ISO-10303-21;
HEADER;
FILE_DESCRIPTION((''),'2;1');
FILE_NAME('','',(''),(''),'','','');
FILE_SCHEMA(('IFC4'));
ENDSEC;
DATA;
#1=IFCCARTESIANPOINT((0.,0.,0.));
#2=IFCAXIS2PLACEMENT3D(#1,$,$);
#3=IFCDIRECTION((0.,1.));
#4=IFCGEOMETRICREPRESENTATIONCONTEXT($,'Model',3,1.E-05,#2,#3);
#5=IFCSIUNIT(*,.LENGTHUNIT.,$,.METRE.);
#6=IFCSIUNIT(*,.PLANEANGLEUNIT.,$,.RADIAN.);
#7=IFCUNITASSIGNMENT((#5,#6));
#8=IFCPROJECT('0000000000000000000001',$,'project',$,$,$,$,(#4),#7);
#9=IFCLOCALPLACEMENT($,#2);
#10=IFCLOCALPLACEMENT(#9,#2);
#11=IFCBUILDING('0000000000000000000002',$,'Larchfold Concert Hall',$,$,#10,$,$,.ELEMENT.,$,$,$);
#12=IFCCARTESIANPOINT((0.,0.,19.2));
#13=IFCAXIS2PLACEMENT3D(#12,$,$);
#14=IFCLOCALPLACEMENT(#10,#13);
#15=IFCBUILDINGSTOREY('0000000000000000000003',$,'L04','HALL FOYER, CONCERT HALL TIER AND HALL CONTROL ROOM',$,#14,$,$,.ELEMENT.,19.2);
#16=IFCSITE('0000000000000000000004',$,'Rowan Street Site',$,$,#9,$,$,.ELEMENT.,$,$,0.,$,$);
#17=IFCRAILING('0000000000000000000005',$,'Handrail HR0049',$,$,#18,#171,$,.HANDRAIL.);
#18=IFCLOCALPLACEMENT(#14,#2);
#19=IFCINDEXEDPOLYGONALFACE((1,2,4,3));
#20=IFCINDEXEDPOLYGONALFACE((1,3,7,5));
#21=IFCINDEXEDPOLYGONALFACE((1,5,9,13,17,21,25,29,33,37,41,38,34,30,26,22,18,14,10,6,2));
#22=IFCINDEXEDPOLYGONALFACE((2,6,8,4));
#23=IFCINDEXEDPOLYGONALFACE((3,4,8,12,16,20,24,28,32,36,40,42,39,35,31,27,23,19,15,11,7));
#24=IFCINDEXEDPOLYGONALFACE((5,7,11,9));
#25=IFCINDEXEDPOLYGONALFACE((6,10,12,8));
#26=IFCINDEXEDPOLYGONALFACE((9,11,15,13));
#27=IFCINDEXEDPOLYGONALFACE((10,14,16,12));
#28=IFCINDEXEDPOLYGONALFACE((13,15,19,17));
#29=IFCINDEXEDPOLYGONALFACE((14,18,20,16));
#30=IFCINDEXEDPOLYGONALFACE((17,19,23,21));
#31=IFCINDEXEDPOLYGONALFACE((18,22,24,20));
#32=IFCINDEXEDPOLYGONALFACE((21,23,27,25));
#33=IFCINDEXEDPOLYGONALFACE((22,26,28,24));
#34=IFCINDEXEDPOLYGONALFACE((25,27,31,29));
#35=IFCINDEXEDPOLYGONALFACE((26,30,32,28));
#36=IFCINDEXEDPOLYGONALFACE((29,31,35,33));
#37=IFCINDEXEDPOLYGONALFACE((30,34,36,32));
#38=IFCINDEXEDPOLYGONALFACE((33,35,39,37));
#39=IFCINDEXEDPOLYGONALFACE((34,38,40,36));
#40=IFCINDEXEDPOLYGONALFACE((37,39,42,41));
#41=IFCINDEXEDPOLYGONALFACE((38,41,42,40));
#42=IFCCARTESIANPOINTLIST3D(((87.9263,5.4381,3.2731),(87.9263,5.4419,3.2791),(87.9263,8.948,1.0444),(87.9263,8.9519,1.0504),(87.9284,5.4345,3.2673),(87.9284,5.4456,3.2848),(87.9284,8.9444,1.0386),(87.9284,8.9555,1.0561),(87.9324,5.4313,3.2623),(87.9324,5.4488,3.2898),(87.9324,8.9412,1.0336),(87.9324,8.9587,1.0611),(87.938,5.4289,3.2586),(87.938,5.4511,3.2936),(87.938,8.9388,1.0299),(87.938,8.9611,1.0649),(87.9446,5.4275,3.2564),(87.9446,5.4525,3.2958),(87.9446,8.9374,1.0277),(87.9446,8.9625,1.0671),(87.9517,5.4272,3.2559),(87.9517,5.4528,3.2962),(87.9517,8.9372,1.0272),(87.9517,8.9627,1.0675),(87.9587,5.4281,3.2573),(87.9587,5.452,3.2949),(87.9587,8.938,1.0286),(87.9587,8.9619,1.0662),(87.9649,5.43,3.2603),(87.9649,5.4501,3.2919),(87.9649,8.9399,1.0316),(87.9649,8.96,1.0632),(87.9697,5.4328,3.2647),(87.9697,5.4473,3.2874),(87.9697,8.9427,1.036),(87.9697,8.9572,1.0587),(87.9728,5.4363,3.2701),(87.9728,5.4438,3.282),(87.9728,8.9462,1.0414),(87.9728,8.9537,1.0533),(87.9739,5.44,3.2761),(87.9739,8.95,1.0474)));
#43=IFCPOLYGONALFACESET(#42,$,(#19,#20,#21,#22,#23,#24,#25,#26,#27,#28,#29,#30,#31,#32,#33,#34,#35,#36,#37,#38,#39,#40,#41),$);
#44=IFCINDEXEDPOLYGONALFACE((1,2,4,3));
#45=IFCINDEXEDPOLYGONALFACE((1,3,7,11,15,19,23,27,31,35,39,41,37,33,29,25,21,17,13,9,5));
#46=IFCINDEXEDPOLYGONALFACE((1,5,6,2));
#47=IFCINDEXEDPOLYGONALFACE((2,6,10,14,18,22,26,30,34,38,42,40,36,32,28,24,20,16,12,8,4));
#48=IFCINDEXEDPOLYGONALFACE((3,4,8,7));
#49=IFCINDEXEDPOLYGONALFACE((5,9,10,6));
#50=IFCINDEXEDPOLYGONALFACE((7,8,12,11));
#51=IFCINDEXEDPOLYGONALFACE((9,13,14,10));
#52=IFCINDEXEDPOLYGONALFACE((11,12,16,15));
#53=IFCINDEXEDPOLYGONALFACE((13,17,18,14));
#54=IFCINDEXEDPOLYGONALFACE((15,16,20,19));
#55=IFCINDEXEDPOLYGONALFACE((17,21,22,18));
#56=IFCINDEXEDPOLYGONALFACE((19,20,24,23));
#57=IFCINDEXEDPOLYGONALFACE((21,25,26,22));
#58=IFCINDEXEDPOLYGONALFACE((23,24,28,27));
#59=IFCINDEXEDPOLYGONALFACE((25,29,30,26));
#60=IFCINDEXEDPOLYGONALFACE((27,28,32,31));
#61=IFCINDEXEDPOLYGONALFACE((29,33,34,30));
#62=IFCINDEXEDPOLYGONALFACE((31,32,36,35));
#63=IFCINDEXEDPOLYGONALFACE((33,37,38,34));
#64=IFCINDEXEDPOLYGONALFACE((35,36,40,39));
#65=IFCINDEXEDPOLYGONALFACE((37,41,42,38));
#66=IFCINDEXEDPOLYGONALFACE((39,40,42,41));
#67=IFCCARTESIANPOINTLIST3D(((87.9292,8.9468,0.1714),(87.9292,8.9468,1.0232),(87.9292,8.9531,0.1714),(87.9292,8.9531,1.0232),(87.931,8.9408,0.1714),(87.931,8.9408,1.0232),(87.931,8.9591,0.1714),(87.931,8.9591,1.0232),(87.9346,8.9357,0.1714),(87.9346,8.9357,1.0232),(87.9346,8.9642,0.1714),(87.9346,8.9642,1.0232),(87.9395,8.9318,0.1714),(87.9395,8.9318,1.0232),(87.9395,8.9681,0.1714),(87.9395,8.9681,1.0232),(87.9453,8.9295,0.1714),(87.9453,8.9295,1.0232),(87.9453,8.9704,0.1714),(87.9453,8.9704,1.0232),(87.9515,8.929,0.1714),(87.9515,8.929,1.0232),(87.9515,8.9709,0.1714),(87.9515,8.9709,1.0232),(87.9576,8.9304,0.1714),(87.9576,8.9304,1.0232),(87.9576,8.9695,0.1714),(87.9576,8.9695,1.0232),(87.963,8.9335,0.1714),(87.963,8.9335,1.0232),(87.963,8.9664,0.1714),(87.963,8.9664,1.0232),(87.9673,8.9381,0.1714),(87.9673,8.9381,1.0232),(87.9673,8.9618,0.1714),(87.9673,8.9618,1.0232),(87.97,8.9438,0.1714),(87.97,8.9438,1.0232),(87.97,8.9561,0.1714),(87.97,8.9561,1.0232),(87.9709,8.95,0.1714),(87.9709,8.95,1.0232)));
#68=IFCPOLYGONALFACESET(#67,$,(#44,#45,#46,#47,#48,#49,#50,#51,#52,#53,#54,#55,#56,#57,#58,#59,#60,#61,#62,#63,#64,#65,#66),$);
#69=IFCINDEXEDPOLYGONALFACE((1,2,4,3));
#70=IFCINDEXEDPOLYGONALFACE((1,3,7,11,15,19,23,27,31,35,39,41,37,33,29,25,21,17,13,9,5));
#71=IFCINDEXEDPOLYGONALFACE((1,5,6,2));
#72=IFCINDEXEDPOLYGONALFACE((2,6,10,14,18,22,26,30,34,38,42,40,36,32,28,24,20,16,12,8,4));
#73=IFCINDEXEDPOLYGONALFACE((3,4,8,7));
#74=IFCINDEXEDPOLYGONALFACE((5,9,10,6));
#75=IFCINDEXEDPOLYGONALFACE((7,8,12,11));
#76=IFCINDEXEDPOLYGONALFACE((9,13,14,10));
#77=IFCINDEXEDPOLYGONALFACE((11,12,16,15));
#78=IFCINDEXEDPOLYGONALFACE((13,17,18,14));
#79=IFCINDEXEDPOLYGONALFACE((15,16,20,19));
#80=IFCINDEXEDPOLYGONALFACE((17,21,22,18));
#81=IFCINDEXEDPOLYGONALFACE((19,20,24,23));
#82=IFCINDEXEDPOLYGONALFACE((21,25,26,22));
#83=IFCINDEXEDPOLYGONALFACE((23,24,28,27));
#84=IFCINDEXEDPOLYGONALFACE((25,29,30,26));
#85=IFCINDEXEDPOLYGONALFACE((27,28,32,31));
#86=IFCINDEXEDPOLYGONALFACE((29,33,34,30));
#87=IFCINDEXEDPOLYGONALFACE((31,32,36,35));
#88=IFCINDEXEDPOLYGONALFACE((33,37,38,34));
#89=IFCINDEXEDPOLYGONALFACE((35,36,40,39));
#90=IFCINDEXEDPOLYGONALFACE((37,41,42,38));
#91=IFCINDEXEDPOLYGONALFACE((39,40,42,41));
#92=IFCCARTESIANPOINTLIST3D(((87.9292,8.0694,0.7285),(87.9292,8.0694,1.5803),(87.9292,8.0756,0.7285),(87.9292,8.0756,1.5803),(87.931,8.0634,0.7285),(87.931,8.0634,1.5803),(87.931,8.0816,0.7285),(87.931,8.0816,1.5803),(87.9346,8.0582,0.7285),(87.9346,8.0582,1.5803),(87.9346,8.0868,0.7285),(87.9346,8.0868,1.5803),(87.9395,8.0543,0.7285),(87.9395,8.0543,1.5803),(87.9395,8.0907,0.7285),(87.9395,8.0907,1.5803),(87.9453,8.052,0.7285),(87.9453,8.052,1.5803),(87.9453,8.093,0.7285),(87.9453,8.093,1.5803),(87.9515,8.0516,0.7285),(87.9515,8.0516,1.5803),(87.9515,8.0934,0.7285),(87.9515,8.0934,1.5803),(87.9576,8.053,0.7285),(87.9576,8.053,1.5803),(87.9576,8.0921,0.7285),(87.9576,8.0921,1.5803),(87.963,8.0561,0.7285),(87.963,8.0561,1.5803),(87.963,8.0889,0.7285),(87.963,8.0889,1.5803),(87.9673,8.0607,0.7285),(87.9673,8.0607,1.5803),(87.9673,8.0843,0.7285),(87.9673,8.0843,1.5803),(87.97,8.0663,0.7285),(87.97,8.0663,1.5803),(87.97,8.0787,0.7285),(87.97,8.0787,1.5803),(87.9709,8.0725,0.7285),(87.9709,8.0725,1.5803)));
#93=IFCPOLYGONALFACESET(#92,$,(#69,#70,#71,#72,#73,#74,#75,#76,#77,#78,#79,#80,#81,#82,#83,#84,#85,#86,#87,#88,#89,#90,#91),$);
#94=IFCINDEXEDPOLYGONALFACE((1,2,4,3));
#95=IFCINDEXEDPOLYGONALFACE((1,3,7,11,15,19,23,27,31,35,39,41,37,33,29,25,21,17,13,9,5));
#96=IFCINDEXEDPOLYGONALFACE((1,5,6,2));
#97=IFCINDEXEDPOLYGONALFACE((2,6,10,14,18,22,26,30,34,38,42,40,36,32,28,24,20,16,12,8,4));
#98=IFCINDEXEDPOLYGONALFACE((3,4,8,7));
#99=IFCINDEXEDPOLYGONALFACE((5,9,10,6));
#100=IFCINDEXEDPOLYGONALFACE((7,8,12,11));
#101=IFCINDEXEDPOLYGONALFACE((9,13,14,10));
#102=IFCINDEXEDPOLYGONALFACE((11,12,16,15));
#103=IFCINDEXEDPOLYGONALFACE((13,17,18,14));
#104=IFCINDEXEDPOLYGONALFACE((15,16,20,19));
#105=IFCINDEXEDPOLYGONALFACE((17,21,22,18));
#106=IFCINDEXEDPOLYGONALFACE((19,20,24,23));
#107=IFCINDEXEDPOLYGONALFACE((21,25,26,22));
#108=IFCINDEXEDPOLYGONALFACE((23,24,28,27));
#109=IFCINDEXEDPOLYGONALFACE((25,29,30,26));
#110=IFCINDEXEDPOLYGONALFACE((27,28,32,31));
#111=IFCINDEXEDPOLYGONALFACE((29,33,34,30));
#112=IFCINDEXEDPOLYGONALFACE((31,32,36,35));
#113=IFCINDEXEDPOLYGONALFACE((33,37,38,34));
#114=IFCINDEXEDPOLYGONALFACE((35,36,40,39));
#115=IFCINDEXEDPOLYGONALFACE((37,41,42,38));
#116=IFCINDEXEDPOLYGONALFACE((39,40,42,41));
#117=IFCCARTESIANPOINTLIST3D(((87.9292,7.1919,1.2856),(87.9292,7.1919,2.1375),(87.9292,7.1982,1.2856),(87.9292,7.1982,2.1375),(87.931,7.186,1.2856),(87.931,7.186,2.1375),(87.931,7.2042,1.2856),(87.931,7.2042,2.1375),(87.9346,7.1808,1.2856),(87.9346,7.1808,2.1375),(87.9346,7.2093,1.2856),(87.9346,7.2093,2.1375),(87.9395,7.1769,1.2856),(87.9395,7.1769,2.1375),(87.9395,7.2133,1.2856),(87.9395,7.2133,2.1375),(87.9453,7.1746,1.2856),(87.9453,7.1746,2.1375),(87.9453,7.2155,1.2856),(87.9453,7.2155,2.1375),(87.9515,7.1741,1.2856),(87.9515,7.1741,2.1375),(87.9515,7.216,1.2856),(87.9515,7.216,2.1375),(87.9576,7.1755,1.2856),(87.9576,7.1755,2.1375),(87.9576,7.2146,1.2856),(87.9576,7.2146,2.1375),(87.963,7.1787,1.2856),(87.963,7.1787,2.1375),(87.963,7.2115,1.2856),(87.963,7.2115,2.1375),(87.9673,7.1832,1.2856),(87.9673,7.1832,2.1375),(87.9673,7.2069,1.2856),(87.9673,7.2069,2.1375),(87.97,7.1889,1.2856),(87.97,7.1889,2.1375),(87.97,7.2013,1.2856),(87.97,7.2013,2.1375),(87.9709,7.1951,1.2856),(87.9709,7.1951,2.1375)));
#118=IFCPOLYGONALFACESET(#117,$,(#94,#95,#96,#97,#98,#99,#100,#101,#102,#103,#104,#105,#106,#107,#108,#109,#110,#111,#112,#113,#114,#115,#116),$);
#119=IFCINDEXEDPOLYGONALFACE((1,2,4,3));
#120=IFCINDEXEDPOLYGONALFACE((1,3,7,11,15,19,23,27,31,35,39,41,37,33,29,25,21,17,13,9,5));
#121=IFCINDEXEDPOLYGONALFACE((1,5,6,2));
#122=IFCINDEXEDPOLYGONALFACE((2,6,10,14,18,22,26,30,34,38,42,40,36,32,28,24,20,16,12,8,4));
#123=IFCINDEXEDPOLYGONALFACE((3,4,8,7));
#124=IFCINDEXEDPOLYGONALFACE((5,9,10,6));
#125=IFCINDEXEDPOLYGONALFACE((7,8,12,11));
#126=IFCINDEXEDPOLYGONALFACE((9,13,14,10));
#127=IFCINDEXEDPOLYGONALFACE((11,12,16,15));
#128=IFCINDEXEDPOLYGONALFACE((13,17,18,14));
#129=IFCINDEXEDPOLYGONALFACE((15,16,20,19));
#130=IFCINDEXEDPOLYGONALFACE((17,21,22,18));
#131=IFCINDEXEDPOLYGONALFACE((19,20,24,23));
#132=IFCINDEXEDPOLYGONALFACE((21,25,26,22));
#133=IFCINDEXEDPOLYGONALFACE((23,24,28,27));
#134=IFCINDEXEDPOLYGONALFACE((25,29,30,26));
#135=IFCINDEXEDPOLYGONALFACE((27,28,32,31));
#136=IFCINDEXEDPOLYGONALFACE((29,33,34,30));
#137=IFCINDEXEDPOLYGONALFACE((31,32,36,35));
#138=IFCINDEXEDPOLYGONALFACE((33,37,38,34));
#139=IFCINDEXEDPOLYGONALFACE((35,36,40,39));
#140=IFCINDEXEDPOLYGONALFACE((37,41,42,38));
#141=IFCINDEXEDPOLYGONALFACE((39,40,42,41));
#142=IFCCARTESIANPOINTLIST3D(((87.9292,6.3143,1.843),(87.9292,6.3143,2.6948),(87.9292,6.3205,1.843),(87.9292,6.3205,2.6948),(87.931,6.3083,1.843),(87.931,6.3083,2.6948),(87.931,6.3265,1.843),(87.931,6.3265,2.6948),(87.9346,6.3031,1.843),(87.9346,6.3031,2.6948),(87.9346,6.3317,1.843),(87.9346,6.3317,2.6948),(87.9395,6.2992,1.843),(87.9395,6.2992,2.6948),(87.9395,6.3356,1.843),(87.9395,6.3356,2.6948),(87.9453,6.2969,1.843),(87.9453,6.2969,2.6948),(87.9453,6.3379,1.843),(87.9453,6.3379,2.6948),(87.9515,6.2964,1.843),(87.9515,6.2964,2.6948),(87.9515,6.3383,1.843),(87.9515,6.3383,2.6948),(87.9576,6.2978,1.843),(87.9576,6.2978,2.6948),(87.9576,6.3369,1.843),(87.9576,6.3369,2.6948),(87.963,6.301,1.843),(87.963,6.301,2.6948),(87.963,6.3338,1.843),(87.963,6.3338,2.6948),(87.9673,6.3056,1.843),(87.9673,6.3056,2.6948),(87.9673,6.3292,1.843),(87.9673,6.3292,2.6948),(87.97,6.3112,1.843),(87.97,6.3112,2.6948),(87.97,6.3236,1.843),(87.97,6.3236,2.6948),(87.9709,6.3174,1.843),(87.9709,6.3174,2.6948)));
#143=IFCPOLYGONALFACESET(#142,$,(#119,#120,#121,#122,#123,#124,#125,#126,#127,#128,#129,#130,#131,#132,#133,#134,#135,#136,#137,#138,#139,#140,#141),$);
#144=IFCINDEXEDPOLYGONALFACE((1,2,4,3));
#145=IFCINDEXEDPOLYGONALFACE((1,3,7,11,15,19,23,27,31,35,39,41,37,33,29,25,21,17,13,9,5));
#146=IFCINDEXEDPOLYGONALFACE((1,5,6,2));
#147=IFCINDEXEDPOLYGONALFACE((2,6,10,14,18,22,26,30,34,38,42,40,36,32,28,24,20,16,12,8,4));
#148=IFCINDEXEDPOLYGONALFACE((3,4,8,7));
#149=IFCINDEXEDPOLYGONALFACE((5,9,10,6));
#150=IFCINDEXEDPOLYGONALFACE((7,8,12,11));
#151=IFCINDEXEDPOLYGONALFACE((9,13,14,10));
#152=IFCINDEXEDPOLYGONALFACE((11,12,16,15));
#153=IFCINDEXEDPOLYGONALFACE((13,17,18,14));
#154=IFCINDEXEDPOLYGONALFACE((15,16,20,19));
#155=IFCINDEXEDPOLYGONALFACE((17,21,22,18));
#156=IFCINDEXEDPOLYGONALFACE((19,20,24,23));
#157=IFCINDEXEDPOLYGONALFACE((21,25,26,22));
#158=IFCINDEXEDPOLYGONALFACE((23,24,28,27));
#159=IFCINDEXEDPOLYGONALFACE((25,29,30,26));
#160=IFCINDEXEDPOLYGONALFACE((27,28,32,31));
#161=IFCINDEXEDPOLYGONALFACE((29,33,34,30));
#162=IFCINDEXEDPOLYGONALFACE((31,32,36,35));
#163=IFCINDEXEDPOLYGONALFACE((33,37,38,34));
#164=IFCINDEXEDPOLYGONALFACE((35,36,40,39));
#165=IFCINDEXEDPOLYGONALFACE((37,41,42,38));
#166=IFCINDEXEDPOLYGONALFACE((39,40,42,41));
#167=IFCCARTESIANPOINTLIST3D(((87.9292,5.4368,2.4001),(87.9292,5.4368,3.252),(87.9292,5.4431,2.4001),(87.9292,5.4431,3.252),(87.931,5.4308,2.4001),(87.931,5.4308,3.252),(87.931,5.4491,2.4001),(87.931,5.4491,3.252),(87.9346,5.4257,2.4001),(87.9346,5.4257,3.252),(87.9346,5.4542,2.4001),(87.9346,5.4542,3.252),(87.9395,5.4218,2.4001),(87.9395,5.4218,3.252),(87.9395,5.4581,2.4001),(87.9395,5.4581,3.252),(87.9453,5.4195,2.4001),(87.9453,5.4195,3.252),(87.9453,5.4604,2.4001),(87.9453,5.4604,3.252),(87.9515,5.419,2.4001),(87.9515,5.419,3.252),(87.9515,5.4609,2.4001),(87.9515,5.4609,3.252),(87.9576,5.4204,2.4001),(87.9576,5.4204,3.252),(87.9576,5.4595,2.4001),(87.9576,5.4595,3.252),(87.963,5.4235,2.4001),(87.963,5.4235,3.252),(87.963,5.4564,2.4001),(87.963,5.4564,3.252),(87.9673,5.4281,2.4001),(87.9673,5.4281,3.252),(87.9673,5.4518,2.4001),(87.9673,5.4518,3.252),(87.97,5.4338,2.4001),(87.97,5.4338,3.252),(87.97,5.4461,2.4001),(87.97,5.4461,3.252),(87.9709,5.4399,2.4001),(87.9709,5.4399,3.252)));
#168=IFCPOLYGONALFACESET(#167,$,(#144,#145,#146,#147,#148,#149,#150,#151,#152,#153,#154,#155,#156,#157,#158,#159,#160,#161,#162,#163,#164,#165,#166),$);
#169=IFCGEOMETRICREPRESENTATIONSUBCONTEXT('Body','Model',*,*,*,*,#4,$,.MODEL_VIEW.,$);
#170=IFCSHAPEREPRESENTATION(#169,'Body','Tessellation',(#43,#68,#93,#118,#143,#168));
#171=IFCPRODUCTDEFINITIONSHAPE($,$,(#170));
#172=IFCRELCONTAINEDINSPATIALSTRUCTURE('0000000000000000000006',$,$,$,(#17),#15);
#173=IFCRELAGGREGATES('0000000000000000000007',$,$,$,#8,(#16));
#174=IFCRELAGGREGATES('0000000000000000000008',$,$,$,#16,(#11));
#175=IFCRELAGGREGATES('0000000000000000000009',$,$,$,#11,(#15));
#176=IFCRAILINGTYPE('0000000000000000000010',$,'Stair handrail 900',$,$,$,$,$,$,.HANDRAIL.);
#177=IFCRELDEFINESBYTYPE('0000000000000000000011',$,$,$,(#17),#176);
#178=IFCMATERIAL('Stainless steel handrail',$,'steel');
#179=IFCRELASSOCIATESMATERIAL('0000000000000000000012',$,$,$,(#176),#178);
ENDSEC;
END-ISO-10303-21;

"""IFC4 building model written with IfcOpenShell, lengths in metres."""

from ifc_helpers import new_model, si_unit, direction, frame, origin, origin_2d, place, context, subcontext, project, spatial, circle, extrude, material, type_object, element, save


model = new_model("IFC4")

# Units and contexts
model_context = context("Model", 3, precision=1e-05, world=origin(), true_north=direction((0.0, 1.0)))
body_context = subcontext(model_context, "Body", "Model", "MODEL_VIEW")
ifc_project = project(units=[si_unit("LENGTHUNIT", "METRE"), si_unit("PLANEANGLEUNIT", "RADIAN")], contexts=[model_context])

# Site, building, storey
site_placement = place(None, origin())
site = spatial("IfcSite", under=ifc_project, at=site_placement, Name="Rowan Street Site", CompositionType="ELEMENT", RefElevation=0.0)
building_placement = place(site_placement, origin())
building = spatial("IfcBuilding", under=site, at=building_placement, Name="Larchfold Concert Hall", CompositionType="ELEMENT")
storey_placement = place(building_placement, frame((0.0, 0.0, 19.2)))
storey = spatial("IfcBuildingStorey", under=building, at=storey_placement, Name="L04", Description="HALL FOYER, CONCERT HALL TIER AND HALL CONTROL ROOM", CompositionType="ELEMENT", Elevation=19.2)

# Railing
ifc_material_1 = material(Name="Stainless steel handrail", Category="steel")
railing_type_1 = type_object("IfcRailingType", Name="Stair handrail 900", PredefinedType="HANDRAIL", material=ifc_material_1)
railing_1_placement = place(storey_placement, frame((87.95, 8.95, 0.1714)))
element("IfcRailing", 1, at=railing_1_placement, inside=storey, type_object=railing_type_1, Name="Handrail HR0049", PredefinedType="HANDRAIL", context=body_context, shape_type="SweptSolid", body=[
    extrude(circle(Radius=0.0239, at=origin_2d()), frame((0.0, 0.0, 0.876), z_axis=(0.0, -0.844193, 0.536039), x_axis=(1.0, 0.0, 0.0)), (0.0, 0.0, 1.0), 4.1577),
    extrude(circle(Radius=0.021, at=origin_2d()), origin(), (0.0, 0.0, 1.0), 0.8518),
    extrude(circle(Radius=0.021, at=origin_2d()), frame((0.0, -0.8774, 0.5571)), (0.0, 0.0, 1.0), 0.8518),
    extrude(circle(Radius=0.021, at=origin_2d()), frame((0.0, -1.7549, 1.1143)), (0.0, 0.0, 1.0), 0.8518),
    extrude(circle(Radius=0.021, at=origin_2d()), frame((0.0, -2.6326, 1.6716)), (0.0, 0.0, 1.0), 0.8518),
    extrude(circle(Radius=0.021, at=origin_2d()), frame((0.0, -3.51, 2.2288)), (0.0, 0.0, 1.0), 0.8518),
])

save(model, "model.ifc")
